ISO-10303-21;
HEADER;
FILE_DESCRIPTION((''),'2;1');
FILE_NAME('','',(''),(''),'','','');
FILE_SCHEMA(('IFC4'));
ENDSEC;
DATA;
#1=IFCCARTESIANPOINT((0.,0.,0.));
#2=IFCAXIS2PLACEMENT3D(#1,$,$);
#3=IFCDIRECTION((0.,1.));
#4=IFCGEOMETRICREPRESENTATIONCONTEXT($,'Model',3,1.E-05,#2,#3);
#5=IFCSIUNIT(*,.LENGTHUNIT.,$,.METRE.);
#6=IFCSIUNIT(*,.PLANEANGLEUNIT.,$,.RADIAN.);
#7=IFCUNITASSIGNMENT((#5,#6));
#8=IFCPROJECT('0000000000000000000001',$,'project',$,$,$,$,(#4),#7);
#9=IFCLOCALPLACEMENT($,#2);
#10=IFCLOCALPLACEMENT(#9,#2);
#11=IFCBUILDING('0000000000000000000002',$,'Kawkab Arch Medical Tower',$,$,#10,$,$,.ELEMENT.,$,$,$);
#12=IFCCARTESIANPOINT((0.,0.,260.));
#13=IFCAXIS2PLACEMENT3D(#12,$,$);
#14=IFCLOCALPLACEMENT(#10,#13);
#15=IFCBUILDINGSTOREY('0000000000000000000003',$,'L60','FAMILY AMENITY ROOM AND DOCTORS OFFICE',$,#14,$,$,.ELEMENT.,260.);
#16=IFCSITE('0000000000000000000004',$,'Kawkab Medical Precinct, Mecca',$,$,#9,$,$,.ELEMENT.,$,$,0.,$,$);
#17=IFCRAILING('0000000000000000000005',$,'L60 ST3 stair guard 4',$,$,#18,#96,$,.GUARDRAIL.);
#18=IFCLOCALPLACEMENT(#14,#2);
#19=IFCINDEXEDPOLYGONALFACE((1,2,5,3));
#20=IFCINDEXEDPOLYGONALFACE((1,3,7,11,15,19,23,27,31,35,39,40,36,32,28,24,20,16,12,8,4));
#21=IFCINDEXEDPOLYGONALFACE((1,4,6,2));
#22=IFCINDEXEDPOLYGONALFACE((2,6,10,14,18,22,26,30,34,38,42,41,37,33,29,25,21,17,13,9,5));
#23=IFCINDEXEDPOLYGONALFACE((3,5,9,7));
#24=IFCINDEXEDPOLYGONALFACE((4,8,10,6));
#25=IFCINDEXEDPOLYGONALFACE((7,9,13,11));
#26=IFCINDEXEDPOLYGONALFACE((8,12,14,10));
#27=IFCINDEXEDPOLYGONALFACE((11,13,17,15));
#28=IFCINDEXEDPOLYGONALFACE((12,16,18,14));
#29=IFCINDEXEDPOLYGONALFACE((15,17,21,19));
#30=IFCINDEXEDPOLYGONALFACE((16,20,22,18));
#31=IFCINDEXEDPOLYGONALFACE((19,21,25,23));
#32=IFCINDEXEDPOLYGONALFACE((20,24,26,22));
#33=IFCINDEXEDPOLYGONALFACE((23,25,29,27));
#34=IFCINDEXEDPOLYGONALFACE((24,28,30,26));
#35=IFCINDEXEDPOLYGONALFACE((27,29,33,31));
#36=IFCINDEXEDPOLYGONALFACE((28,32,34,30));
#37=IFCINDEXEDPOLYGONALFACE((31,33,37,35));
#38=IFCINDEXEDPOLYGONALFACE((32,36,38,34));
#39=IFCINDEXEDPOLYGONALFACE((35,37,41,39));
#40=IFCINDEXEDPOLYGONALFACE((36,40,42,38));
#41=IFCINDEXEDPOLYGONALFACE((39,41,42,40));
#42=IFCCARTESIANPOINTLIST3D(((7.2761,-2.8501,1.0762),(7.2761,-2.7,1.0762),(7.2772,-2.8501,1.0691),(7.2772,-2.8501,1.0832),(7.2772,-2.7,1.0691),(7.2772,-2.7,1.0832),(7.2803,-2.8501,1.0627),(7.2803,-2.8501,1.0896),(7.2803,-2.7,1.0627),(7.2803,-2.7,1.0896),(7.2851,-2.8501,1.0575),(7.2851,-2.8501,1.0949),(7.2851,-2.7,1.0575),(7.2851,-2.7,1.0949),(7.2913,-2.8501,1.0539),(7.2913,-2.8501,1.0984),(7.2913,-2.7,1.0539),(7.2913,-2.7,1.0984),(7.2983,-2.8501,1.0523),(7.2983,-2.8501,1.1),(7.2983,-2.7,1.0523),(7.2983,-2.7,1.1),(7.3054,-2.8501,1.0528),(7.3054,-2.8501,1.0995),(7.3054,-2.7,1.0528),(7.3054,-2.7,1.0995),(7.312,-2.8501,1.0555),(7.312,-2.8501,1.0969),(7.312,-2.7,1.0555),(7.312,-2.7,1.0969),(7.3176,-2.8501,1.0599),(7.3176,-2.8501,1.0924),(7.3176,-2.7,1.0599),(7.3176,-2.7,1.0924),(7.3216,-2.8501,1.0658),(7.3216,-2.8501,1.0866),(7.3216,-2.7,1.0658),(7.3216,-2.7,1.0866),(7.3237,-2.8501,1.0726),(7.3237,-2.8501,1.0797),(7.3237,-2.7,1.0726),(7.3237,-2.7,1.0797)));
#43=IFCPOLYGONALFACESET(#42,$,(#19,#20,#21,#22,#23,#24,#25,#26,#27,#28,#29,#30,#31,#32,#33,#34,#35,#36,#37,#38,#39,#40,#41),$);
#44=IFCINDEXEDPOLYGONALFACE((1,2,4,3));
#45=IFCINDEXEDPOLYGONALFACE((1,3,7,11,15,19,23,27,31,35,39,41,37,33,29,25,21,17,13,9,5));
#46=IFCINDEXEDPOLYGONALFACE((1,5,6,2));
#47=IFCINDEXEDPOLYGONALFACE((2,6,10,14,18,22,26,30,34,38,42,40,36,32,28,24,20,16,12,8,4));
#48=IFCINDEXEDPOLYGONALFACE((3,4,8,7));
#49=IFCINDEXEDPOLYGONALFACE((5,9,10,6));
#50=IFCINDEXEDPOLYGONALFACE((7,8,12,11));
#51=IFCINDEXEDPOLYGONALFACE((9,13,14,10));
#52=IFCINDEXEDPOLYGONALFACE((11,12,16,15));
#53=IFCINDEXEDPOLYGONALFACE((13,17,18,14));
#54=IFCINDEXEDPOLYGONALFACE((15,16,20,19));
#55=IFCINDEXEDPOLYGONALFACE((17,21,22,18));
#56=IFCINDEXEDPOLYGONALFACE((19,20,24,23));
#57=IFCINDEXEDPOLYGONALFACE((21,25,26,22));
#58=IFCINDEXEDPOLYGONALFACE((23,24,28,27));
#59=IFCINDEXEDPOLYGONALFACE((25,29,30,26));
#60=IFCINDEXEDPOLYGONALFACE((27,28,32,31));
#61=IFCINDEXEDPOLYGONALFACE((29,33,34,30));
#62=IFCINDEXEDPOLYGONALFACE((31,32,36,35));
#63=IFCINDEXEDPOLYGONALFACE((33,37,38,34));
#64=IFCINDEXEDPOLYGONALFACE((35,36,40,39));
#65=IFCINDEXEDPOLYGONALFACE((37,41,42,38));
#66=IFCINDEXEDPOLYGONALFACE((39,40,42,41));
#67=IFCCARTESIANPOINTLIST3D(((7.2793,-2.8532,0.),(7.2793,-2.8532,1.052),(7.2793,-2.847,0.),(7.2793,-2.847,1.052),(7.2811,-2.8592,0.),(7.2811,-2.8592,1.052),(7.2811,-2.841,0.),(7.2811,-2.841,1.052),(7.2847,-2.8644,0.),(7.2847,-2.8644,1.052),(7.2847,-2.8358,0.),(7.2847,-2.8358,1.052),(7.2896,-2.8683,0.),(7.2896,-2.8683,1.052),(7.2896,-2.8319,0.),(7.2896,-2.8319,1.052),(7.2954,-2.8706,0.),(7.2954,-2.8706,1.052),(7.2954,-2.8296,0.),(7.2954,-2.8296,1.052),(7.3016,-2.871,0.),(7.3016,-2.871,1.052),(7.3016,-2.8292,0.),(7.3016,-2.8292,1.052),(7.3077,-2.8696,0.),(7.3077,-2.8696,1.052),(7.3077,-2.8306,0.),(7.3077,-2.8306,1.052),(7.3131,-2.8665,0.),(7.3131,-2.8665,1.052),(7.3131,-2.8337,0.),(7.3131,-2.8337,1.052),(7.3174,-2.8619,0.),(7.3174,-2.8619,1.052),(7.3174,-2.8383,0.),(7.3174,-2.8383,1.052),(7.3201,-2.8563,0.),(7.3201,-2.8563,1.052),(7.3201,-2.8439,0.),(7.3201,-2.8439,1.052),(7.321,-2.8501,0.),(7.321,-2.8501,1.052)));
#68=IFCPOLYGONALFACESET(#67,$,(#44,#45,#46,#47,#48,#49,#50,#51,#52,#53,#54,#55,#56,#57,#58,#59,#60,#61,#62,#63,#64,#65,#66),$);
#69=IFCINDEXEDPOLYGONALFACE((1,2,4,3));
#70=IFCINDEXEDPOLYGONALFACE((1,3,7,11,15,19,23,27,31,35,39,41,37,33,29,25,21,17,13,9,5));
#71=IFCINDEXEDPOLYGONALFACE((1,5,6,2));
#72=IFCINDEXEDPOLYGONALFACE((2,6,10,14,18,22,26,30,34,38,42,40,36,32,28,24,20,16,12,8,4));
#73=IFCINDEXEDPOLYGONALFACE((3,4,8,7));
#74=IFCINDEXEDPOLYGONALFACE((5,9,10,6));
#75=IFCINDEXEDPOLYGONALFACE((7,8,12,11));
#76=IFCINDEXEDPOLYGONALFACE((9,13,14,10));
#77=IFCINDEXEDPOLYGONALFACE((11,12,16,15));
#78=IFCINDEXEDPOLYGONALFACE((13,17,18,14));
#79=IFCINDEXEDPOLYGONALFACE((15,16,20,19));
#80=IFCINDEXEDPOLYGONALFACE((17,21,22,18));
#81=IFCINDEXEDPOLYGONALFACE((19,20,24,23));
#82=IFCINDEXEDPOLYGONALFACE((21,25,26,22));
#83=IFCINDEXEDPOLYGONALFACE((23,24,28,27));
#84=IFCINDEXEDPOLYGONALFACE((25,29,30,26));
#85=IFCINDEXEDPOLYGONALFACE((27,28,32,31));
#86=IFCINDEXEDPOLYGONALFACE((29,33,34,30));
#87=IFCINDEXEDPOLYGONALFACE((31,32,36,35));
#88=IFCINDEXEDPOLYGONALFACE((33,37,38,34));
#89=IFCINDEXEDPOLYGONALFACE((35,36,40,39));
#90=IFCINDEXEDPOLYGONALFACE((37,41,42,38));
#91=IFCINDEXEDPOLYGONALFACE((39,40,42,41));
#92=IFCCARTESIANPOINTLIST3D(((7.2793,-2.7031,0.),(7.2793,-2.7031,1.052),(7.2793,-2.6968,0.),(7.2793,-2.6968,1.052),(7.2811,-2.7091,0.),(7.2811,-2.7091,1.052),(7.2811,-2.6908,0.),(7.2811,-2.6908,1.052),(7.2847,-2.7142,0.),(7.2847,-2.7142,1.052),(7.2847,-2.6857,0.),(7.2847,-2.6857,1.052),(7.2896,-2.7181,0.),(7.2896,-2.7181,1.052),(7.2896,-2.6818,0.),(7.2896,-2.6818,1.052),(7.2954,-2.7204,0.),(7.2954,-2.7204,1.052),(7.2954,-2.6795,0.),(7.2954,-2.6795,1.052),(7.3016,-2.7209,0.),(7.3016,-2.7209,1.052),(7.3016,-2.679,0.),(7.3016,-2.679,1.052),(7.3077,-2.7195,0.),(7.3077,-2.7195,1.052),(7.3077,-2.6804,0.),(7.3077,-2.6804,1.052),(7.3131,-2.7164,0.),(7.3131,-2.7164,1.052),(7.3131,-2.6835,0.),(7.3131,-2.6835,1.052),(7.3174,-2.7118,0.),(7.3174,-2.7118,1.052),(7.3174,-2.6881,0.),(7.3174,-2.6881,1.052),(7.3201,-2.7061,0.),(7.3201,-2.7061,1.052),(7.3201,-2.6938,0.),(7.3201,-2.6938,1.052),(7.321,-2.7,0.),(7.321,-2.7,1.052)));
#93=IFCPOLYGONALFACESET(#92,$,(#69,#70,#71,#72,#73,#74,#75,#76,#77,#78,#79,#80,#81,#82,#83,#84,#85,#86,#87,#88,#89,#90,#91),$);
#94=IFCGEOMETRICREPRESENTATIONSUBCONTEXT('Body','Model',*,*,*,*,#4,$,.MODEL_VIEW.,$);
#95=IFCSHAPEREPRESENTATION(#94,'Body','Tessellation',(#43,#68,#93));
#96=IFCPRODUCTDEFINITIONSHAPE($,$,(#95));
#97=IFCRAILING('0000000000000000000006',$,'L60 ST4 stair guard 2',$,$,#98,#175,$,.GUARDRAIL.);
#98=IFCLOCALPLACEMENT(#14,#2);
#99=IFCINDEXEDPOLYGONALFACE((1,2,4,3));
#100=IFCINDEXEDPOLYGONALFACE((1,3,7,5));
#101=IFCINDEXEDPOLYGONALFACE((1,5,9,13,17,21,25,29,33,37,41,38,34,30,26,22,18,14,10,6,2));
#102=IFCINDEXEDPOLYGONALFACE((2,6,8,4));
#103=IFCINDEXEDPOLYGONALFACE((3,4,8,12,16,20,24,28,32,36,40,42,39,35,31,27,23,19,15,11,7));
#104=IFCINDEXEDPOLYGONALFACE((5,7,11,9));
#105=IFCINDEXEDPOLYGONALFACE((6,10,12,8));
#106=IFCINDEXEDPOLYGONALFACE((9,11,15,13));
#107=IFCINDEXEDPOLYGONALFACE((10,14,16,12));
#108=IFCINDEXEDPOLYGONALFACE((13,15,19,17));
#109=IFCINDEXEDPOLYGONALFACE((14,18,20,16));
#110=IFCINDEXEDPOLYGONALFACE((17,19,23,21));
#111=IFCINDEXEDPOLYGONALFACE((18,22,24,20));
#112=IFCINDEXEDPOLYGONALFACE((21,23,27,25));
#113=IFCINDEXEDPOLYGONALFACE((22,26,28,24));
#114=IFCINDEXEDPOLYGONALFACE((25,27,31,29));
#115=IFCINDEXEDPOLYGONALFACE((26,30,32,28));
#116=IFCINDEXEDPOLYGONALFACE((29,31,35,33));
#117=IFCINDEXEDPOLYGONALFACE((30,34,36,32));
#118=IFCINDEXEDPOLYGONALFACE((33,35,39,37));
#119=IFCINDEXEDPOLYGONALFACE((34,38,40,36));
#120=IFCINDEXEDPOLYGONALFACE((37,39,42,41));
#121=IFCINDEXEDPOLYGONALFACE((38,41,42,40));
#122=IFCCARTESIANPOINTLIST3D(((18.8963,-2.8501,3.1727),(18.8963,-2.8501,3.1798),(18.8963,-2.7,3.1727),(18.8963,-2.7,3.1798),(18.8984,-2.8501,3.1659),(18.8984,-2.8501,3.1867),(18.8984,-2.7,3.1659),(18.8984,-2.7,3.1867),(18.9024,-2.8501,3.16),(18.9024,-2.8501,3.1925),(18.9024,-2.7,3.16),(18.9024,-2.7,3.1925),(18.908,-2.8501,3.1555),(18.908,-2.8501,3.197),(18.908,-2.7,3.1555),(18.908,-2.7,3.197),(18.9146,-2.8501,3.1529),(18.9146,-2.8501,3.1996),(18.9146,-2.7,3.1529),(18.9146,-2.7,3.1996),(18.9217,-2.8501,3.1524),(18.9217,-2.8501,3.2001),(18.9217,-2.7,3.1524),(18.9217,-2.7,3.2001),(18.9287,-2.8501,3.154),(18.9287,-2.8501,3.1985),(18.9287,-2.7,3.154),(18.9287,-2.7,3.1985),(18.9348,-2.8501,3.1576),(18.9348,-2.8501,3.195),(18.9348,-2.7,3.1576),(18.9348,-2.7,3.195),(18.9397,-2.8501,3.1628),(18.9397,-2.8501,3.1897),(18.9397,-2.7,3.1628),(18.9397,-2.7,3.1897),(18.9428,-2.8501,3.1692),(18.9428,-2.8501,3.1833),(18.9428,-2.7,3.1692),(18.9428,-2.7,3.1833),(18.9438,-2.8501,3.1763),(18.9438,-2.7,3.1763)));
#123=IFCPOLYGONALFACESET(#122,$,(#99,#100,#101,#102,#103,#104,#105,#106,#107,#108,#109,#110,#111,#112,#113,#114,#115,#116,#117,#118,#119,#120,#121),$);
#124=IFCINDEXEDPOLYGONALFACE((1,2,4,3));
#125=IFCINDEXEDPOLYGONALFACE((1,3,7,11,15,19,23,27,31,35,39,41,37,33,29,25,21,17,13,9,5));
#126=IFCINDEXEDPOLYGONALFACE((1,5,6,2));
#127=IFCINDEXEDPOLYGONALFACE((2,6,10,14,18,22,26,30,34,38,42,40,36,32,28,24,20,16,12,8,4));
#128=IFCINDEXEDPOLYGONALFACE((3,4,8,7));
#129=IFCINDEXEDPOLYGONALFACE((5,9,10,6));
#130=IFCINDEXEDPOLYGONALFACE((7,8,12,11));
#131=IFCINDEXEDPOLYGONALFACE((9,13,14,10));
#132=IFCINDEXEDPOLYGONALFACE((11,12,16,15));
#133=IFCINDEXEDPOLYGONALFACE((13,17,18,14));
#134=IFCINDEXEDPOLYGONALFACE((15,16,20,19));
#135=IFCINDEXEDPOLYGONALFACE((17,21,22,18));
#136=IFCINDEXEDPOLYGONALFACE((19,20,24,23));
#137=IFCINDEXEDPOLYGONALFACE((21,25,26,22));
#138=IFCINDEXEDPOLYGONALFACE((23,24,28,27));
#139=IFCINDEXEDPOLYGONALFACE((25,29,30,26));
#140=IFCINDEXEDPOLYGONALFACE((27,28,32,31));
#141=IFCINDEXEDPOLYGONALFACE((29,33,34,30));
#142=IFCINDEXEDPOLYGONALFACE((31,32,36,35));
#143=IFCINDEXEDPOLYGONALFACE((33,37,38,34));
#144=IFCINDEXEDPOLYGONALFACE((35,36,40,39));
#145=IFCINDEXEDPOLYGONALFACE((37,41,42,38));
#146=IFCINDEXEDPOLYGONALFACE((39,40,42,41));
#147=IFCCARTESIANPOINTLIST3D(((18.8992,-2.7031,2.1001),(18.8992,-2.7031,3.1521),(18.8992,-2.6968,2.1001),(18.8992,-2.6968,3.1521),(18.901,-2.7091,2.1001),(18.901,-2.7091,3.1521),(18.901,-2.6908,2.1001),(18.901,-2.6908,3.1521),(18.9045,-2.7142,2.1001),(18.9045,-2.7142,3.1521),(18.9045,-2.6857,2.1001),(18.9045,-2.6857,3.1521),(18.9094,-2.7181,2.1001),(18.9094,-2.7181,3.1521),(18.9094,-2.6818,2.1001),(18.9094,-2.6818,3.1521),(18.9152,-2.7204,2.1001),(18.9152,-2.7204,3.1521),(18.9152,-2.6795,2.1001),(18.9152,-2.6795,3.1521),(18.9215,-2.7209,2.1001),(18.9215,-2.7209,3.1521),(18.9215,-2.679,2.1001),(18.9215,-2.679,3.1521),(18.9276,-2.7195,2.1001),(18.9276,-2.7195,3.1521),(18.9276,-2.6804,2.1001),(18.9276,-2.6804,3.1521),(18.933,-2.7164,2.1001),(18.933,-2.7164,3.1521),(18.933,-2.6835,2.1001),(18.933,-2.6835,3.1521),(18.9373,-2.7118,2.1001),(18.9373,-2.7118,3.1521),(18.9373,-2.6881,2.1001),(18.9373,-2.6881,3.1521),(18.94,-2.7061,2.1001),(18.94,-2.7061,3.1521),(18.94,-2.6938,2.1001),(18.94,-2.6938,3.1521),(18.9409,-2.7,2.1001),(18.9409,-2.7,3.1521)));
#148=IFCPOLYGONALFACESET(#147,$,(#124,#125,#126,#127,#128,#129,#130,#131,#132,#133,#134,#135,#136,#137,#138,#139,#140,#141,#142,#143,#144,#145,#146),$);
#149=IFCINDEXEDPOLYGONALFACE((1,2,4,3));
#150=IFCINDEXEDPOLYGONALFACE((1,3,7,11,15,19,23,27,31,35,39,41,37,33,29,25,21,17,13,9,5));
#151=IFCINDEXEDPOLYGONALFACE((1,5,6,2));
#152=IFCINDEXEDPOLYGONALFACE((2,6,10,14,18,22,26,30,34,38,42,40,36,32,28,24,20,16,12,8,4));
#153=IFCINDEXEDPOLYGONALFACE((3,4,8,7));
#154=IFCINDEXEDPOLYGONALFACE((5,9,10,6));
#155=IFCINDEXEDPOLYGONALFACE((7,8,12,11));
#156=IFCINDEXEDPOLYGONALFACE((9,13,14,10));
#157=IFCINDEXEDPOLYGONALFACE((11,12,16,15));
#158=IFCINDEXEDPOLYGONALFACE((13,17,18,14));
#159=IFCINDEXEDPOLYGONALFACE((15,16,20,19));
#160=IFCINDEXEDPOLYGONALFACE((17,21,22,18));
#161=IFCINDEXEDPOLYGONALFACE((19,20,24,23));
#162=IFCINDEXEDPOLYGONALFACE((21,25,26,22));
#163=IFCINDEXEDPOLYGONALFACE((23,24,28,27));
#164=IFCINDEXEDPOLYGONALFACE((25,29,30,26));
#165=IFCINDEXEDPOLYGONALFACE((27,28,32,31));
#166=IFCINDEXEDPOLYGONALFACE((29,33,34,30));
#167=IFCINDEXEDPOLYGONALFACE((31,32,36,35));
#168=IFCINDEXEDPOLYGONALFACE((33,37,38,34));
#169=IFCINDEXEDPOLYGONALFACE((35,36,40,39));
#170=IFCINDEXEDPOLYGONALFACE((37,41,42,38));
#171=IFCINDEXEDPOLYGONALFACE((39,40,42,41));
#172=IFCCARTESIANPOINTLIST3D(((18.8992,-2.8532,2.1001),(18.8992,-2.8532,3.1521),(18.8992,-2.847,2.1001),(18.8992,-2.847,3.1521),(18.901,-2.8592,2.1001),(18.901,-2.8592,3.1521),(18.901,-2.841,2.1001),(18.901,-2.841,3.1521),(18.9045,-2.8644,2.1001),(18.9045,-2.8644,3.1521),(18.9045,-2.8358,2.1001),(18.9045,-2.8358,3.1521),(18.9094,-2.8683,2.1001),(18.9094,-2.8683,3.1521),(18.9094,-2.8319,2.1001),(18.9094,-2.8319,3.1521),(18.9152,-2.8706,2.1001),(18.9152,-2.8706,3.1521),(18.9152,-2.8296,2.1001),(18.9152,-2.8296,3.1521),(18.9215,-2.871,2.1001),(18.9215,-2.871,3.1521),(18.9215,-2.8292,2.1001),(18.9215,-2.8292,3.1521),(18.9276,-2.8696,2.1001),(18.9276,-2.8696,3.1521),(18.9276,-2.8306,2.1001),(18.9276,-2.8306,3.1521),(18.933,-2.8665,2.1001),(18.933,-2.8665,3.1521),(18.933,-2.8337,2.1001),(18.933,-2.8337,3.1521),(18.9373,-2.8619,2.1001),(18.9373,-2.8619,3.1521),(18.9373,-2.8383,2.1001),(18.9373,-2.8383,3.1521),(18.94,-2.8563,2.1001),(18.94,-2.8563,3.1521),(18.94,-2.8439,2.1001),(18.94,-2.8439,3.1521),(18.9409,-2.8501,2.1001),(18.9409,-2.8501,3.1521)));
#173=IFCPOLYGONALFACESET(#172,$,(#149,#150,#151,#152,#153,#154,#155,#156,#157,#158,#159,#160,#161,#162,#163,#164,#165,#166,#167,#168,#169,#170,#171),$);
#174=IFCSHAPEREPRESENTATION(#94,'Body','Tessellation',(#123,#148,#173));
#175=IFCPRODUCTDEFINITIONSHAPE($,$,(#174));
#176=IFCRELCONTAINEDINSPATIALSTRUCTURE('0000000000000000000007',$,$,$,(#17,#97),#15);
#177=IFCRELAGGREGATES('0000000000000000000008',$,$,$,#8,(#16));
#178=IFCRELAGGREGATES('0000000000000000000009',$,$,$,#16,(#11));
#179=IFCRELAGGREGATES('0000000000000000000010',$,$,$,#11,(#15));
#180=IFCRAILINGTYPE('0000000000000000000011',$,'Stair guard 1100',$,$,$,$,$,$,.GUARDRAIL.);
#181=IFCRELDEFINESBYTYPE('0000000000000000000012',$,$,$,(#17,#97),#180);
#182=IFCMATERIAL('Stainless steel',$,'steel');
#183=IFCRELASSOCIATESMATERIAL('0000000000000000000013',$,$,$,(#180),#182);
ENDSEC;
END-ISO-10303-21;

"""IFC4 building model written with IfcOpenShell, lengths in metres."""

from ifc_helpers import new_model, si_unit, direction, frame, origin, origin_2d, place, context, subcontext, project, spatial, circle, extrude, material, type_object, element, save


model = new_model("IFC4")

# Units and contexts
model_context = context("Model", 3, precision=1e-05, world=origin(), true_north=direction((0.0, 1.0)))
body_context = subcontext(model_context, "Body", "Model", "MODEL_VIEW")
ifc_project = project(units=[si_unit("LENGTHUNIT", "METRE"), si_unit("PLANEANGLEUNIT", "RADIAN")], contexts=[model_context])

# Site, building, storey
site_placement = place(None, origin())
site = spatial("IfcSite", under=ifc_project, at=site_placement, Name="Kawkab Medical Precinct, Mecca", CompositionType="ELEMENT", RefElevation=0.0)
building_placement = place(site_placement, origin())
building = spatial("IfcBuilding", under=site, at=building_placement, Name="Kawkab Arch Medical Tower", CompositionType="ELEMENT")
storey_placement = place(building_placement, frame((0.0, 0.0, 260.0)))
storey = spatial("IfcBuildingStorey", under=building, at=storey_placement, Name="L60", Description="FAMILY AMENITY ROOM AND DOCTORS OFFICE", CompositionType="ELEMENT", Elevation=260.0)

# Railings
ifc_material_1 = material(Name="Stainless steel", Category="steel")
railing_type_1 = type_object("IfcRailingType", Name="Stair guard 1100", PredefinedType="GUARDRAIL", material=ifc_material_1)
railing_1_placement = place(storey_placement, frame((7.3, -2.8501, 0.0)))
element("IfcRailing", 1, at=railing_1_placement, inside=storey, type_object=railing_type_1, Name="L60 ST3 stair guard 4", PredefinedType="GUARDRAIL", context=body_context, shape_type="SweptSolid", body=[
    extrude(circle(Radius=0.0239, at=origin_2d()), frame((0.0, 0.0, 1.0762), z_axis=(0.0, 1.0, 0.0), x_axis=(-1.0, 0.0, 0.0)), (0.0, 0.0, 1.0), 0.1501),
    extrude(circle(Radius=0.021, at=origin_2d()), origin(), (0.0, 0.0, 1.0), 1.052),
    extrude(circle(Radius=0.021, at=origin_2d()), frame((0.0, 0.1501, 0.0)), (0.0, 0.0, 1.0), 1.052),
])
railing_2_placement = place(storey_placement, frame((18.9199, -2.7, 2.1001)))
element("IfcRailing", 2, at=railing_2_placement, inside=storey, type_object=railing_type_1, Name="L60 ST4 stair guard 2", PredefinedType="GUARDRAIL", context=body_context, shape_type="SweptSolid", body=[
    extrude(circle(Radius=0.0239, at=origin_2d()), frame((0.0, 0.0, 1.0762), z_axis=(0.0, -1.0, 0.0), x_axis=(1.0, 0.0, 0.0)), (0.0, 0.0, 1.0), 0.1501),
    extrude(circle(Radius=0.021, at=origin_2d()), origin(), (0.0, 0.0, 1.0), 1.052),
    extrude(circle(Radius=0.021, at=origin_2d()), frame((0.0, -0.1501, 0.0)), (0.0, 0.0, 1.0), 1.052),
])

save(model, "model.ifc")
